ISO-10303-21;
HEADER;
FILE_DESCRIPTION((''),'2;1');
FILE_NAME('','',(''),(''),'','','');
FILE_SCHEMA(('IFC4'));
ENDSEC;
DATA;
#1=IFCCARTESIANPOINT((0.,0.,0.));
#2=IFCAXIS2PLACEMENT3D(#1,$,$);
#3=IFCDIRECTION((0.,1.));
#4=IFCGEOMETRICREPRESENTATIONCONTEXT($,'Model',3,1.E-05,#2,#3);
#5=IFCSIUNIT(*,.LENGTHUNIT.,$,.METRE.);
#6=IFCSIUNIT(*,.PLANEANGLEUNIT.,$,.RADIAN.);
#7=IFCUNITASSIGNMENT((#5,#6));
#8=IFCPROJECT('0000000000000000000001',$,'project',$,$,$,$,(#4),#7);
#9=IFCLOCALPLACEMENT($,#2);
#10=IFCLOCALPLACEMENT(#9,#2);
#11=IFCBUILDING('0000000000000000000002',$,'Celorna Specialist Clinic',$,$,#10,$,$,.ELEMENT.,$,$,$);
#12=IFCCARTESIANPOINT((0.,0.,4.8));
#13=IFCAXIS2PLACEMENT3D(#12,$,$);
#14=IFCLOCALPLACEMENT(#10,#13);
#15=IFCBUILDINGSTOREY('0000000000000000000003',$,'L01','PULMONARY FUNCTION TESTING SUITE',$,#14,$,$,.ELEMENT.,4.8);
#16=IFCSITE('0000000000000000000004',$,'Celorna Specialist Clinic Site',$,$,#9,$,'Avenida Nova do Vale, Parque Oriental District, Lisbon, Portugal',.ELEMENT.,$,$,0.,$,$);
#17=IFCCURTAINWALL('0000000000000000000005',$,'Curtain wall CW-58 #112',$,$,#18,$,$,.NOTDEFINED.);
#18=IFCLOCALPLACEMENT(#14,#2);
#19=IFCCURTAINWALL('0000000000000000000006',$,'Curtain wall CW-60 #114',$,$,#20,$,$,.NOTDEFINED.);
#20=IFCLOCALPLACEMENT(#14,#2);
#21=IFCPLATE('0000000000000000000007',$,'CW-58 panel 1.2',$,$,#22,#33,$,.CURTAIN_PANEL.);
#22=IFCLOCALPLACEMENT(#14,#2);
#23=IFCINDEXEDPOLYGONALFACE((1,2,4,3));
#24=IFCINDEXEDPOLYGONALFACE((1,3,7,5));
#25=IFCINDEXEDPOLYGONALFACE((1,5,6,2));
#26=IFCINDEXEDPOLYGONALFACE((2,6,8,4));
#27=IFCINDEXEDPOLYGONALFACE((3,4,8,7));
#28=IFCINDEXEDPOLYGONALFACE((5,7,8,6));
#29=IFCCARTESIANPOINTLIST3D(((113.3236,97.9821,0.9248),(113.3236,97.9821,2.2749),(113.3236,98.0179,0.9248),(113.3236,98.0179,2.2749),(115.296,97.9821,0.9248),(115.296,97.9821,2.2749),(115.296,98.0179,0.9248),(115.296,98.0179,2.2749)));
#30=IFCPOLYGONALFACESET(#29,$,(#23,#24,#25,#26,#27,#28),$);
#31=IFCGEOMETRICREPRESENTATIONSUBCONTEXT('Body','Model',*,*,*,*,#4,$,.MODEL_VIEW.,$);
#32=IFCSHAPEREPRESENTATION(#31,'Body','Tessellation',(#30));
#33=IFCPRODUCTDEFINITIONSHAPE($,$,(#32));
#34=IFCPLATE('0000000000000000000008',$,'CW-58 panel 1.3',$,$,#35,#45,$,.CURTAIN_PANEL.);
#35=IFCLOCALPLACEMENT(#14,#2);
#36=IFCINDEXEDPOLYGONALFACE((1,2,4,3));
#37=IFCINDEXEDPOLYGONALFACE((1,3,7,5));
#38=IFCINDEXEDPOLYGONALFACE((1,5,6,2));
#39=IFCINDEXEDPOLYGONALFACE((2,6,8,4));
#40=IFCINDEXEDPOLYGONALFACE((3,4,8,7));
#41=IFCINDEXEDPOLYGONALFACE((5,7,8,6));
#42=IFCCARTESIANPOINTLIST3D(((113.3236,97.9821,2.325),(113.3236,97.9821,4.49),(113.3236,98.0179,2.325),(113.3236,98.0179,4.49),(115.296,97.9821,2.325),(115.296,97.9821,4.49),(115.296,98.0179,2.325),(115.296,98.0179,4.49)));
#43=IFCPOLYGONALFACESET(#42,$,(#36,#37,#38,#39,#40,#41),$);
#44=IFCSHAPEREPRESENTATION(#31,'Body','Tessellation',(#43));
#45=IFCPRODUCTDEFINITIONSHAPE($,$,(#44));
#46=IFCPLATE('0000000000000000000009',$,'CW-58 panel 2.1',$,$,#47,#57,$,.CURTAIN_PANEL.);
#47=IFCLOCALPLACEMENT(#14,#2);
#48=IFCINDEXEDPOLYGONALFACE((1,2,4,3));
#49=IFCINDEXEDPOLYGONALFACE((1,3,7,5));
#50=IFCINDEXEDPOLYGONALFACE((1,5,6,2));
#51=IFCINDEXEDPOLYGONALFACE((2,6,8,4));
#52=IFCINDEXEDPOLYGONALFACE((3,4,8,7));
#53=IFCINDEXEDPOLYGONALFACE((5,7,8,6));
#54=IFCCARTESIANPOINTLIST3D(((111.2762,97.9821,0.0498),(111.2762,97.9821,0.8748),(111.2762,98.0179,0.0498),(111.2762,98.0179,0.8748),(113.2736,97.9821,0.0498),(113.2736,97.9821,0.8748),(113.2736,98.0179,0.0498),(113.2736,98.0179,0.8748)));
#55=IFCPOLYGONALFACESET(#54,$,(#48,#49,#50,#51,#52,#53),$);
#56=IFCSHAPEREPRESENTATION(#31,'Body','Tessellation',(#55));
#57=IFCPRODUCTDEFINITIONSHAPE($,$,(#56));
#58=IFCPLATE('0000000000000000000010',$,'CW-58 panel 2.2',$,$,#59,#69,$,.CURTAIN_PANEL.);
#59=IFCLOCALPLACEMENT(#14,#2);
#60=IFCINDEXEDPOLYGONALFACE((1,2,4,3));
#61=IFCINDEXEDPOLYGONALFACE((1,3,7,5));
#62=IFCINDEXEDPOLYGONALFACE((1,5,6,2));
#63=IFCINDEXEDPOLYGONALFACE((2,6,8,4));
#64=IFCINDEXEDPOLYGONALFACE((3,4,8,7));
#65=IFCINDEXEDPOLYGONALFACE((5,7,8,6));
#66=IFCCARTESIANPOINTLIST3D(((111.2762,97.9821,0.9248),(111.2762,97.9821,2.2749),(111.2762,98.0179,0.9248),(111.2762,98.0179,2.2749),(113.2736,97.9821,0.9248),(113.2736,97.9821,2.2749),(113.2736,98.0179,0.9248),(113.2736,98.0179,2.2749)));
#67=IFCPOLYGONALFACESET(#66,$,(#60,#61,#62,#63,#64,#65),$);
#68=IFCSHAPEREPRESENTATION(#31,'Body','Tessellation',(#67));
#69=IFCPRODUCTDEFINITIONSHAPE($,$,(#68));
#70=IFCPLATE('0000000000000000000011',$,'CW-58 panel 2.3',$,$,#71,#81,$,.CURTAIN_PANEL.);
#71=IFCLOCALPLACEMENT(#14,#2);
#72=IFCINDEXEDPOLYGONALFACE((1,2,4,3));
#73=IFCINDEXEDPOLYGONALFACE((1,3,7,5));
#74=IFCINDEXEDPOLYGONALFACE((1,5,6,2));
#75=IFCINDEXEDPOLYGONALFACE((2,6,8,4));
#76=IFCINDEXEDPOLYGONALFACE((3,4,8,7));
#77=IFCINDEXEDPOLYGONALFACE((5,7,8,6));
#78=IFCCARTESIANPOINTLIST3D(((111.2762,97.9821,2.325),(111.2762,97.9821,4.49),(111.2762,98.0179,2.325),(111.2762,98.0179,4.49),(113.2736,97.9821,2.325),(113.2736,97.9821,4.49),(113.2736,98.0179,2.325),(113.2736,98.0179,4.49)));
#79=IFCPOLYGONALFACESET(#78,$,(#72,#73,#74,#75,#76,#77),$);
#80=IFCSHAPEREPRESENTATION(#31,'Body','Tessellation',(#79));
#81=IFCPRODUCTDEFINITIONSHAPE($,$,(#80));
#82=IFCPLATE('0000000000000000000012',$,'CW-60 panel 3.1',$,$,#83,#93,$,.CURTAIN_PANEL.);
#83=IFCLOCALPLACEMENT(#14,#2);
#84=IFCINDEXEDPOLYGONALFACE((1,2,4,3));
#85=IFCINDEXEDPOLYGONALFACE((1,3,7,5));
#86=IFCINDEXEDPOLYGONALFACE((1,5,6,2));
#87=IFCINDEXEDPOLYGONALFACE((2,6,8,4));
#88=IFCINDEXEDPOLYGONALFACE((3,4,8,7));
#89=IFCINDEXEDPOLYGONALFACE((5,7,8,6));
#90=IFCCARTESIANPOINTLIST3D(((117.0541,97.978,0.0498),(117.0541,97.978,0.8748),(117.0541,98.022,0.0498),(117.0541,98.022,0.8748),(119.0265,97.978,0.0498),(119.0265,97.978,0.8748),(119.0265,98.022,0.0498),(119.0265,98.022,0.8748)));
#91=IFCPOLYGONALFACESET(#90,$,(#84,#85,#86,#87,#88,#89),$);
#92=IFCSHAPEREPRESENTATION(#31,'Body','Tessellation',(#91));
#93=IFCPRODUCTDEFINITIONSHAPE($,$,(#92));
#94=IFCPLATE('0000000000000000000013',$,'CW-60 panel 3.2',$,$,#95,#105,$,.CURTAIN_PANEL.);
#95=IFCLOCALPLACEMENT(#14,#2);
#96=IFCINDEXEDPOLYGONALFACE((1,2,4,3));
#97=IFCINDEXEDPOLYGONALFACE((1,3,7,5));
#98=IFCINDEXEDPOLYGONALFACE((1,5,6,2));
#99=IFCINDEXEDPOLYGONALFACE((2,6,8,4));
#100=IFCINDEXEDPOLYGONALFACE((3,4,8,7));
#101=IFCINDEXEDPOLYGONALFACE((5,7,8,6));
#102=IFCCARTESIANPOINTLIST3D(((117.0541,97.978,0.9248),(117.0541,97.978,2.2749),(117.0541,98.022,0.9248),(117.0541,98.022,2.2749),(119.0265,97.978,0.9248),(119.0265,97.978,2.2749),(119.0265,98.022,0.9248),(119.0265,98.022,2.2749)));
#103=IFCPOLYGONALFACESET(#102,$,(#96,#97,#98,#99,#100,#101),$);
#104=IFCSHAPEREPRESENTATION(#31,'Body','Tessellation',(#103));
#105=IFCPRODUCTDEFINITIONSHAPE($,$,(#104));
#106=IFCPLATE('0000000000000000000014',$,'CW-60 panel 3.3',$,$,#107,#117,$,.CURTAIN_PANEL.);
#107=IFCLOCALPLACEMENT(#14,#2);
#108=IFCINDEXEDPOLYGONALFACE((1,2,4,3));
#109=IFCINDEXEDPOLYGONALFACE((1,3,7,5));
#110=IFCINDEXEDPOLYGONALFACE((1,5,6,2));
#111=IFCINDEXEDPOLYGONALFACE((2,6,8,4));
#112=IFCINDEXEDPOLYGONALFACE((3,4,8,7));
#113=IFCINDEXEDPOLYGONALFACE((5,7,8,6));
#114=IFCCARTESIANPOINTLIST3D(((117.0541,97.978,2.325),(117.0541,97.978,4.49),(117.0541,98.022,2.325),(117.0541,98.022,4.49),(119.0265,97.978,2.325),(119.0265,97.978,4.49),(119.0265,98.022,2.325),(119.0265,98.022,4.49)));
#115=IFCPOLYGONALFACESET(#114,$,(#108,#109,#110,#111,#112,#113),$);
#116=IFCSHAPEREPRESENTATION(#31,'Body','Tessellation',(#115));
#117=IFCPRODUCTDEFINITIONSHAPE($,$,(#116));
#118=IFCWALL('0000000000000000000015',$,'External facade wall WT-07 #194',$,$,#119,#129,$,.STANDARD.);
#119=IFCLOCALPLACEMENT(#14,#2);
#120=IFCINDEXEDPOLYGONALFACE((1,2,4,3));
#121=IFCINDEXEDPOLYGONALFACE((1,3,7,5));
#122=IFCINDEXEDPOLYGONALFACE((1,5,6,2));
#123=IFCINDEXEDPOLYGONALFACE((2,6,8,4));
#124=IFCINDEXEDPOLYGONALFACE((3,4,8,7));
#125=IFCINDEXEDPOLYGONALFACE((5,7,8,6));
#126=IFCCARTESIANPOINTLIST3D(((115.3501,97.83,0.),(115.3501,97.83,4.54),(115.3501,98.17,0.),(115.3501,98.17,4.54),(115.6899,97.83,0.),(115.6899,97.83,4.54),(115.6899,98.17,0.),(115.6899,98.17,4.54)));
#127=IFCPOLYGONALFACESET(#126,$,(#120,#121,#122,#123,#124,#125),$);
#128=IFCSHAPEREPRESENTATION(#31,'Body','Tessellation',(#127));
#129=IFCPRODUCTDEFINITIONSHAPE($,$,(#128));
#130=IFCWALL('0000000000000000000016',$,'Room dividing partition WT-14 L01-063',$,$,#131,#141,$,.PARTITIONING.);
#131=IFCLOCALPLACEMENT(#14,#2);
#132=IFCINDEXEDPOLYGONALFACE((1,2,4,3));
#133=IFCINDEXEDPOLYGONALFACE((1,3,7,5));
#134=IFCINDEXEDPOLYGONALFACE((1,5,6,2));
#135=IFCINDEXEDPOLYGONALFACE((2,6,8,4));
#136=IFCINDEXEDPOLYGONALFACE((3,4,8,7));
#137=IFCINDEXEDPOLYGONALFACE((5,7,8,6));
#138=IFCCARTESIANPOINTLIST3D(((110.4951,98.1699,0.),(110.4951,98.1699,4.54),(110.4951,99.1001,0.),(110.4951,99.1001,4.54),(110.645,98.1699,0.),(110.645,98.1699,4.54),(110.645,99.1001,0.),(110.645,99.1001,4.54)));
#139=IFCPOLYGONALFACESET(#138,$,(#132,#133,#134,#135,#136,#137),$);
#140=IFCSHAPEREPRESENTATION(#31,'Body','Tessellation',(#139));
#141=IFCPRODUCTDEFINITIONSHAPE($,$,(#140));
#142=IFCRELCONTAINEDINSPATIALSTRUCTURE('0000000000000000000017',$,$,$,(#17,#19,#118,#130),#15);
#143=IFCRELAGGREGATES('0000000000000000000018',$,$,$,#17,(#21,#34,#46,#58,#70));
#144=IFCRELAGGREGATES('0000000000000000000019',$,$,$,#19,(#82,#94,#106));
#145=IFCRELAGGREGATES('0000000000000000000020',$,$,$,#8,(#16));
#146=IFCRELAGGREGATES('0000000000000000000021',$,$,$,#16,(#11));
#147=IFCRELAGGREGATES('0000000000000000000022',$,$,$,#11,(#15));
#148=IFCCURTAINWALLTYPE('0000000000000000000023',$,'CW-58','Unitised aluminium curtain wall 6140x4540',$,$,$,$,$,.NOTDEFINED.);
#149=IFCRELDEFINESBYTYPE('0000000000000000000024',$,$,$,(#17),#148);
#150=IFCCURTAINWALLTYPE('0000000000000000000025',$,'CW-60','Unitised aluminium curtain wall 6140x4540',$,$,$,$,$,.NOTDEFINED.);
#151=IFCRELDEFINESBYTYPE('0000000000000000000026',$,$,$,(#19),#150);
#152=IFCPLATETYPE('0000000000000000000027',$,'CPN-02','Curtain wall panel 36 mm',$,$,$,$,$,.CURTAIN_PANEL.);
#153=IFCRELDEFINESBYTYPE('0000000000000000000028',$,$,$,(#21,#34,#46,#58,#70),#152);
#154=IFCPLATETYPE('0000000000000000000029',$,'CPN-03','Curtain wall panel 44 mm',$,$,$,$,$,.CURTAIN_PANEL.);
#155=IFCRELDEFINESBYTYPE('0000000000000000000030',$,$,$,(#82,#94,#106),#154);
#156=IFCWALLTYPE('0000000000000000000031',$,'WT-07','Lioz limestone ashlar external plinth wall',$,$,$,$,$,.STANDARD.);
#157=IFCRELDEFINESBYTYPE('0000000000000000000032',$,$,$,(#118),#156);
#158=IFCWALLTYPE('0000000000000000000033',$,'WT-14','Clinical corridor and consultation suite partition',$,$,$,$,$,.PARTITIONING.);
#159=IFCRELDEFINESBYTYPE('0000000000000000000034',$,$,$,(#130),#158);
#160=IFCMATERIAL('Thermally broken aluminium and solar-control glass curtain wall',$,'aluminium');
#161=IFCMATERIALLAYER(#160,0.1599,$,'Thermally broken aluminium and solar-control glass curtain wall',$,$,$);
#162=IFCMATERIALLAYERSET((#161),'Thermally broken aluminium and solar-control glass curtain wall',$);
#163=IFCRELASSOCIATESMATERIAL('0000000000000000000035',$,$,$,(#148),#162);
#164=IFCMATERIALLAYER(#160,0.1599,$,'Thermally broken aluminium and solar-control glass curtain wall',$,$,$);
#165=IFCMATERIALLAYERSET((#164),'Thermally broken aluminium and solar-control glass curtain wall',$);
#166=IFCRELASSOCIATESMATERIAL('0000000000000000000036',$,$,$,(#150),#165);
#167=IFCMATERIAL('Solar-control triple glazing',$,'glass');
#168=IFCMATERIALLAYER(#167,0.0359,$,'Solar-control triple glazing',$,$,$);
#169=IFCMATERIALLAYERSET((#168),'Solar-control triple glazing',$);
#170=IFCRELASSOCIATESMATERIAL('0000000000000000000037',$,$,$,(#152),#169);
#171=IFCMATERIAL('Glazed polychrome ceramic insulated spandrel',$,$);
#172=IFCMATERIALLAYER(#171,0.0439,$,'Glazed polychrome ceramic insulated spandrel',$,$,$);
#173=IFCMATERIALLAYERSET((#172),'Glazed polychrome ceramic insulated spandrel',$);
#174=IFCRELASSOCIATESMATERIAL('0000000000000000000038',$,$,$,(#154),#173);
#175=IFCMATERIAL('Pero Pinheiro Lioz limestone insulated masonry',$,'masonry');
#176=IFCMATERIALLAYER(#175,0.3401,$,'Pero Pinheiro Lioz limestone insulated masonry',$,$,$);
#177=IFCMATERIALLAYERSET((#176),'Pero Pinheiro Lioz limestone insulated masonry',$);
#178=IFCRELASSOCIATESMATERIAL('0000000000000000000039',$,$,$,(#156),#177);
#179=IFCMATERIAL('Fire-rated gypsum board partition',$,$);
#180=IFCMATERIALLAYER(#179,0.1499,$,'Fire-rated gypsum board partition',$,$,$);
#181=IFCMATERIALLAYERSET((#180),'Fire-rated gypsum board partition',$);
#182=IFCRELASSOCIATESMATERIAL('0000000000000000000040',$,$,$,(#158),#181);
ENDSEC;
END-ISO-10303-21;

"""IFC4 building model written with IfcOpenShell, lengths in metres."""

from ifc_helpers import new_model, si_unit, direction, frame, frame_2d, origin, origin_2d, place, context, subcontext, project, spatial, rectangle, extrude, material, layer, layer_set, type_object, element, aggregate, save


model = new_model("IFC4")

# Units and contexts
model_context = context("Model", 3, precision=1e-05, world=origin(), true_north=direction((0.0, 1.0)))
body_context = subcontext(model_context, "Body", "Model", "MODEL_VIEW")
ifc_project = project(units=[si_unit("LENGTHUNIT", "METRE"), si_unit("PLANEANGLEUNIT", "RADIAN")], contexts=[model_context])

# Site, building, storey
site_placement = place(None, origin())
site = spatial("IfcSite", under=ifc_project, at=site_placement, Name="Celorna Specialist Clinic Site", LongName="Avenida Nova do Vale, Parque Oriental District, Lisbon, Portugal", CompositionType="ELEMENT", RefElevation=0.0)
building_placement = place(site_placement, origin())
building = spatial("IfcBuilding", under=site, at=building_placement, Name="Celorna Specialist Clinic", CompositionType="ELEMENT")
storey_placement = place(building_placement, frame((0.0, 0.0, 4.8)))
storey = spatial("IfcBuildingStorey", under=building, at=storey_placement, Name="L01", Description="PULMONARY FUNCTION TESTING SUITE", CompositionType="ELEMENT", Elevation=4.8)

# Curtain walls
ifc_material_1 = material(Name="Thermally broken aluminium and solar-control glass curtain wall", Category="aluminium")
ifc_layer_1 = layer(ifc_material_1, 0.1599, Name="Thermally broken aluminium and solar-control glass curtain wall")
ifc_layer_set_1 = layer_set([ifc_layer_1], Name="Thermally broken aluminium and solar-control glass curtain wall")
curtain_wall_type_1 = type_object("IfcCurtainWallType", Name="CW-58", Description="Unitised aluminium curtain wall 6140x4540", PredefinedType="NOTDEFINED", material=ifc_layer_set_1)
curtain_wall_1_placement = place(storey_placement, origin())
curtain_wall_1 = element("IfcCurtainWall", 1, at=curtain_wall_1_placement, inside=storey, type_object=curtain_wall_type_1, Name="Curtain wall CW-58 #112", PredefinedType="NOTDEFINED")
ifc_layer_2 = layer(ifc_material_1, 0.1599, Name="Thermally broken aluminium and solar-control glass curtain wall")
ifc_layer_set_2 = layer_set([ifc_layer_2], Name="Thermally broken aluminium and solar-control glass curtain wall")
curtain_wall_type_2 = type_object("IfcCurtainWallType", Name="CW-60", Description="Unitised aluminium curtain wall 6140x4540", PredefinedType="NOTDEFINED", material=ifc_layer_set_2)
curtain_wall_2_placement = place(storey_placement, origin())
curtain_wall_2 = element("IfcCurtainWall", 2, at=curtain_wall_2_placement, inside=storey, type_object=curtain_wall_type_2, Name="Curtain wall CW-60 #114", PredefinedType="NOTDEFINED")

# Plates
ifc_material_2 = material(Name="Solar-control triple glazing", Category="glass")
ifc_layer_3 = layer(ifc_material_2, 0.0359, Name="Solar-control triple glazing")
ifc_layer_set_3 = layer_set([ifc_layer_3], Name="Solar-control triple glazing")
plate_type_1 = type_object("IfcPlateType", Name="CPN-02", Description="Curtain wall panel 36 mm", PredefinedType="CURTAIN_PANEL", material=ifc_layer_set_3)
plate_1_placement = place(storey_placement, frame((114.3098, 98.0, 0.9248), z_axis=(0.0, 0.0, 1.0), x_axis=(-1.0, 0.0, 0.0)))
plate_1 = element("IfcPlate", 3, at=plate_1_placement, type_object=plate_type_1, Name="CW-58 panel 1.2", PredefinedType="CURTAIN_PANEL", context=body_context, shape_type="SweptSolid", body=[
    extrude(rectangle(XDim=1.9724, YDim=0.0359, at=origin_2d()), origin(), (0.0, 0.0, 1.0), 1.3501),
])
plate_2_placement = place(storey_placement, frame((114.3098, 98.0, 2.325), z_axis=(0.0, 0.0, 1.0), x_axis=(-1.0, 0.0, 0.0)))
plate_2 = element("IfcPlate", 4, at=plate_2_placement, type_object=plate_type_1, Name="CW-58 panel 1.3", PredefinedType="CURTAIN_PANEL", context=body_context, shape_type="SweptSolid", body=[
    extrude(rectangle(XDim=1.9724, YDim=0.0359, at=origin_2d()), origin(), (0.0, 0.0, 1.0), 2.165),
])
plate_3_placement = place(storey_placement, frame((112.2749, 98.0, 0.0498), z_axis=(0.0, 0.0, 1.0), x_axis=(-1.0, 0.0, 0.0)))
plate_3 = element("IfcPlate", 5, at=plate_3_placement, type_object=plate_type_1, Name="CW-58 panel 2.1", PredefinedType="CURTAIN_PANEL", context=body_context, shape_type="SweptSolid", body=[
    extrude(rectangle(XDim=1.9973, YDim=0.0359, at=origin_2d()), origin(), (0.0, 0.0, 1.0), 0.825),
])
plate_4_placement = place(storey_placement, frame((112.2749, 98.0, 0.9248), z_axis=(0.0, 0.0, 1.0), x_axis=(-1.0, 0.0, 0.0)))
plate_4 = element("IfcPlate", 6, at=plate_4_placement, type_object=plate_type_1, Name="CW-58 panel 2.2", PredefinedType="CURTAIN_PANEL", context=body_context, shape_type="SweptSolid", body=[
    extrude(rectangle(XDim=1.9973, YDim=0.0359, at=origin_2d()), origin(), (0.0, 0.0, 1.0), 1.3501),
])
plate_5_placement = place(storey_placement, frame((112.2749, 98.0, 2.325), z_axis=(0.0, 0.0, 1.0), x_axis=(-1.0, 0.0, 0.0)))
plate_5 = element("IfcPlate", 7, at=plate_5_placement, type_object=plate_type_1, Name="CW-58 panel 2.3", PredefinedType="CURTAIN_PANEL", context=body_context, shape_type="SweptSolid", body=[
    extrude(rectangle(XDim=1.9973, YDim=0.0359, at=origin_2d()), origin(), (0.0, 0.0, 1.0), 2.165),
])
aggregate(curtain_wall_1, [plate_1, plate_2, plate_3, plate_4, plate_5])
ifc_material_3 = material(Name="Glazed polychrome ceramic insulated spandrel")
ifc_layer_4 = layer(ifc_material_3, 0.0439, Name="Glazed polychrome ceramic insulated spandrel")
ifc_layer_set_4 = layer_set([ifc_layer_4], Name="Glazed polychrome ceramic insulated spandrel")
plate_type_2 = type_object("IfcPlateType", Name="CPN-03", Description="Curtain wall panel 44 mm", PredefinedType="CURTAIN_PANEL", material=ifc_layer_set_4)
plate_6_placement = place(storey_placement, frame((118.0403, 98.0, 0.0498), z_axis=(0.0, 0.0, 1.0), x_axis=(-1.0, 0.0, 0.0)))
plate_6 = element("IfcPlate", 8, at=plate_6_placement, type_object=plate_type_2, Name="CW-60 panel 3.1", PredefinedType="CURTAIN_PANEL", context=body_context, shape_type="SweptSolid", body=[
    extrude(rectangle(XDim=1.9724, YDim=0.0439, at=origin_2d()), origin(), (0.0, 0.0, 1.0), 0.825),
])
plate_7_placement = place(storey_placement, frame((118.0403, 98.0, 0.9248), z_axis=(0.0, 0.0, 1.0), x_axis=(-1.0, 0.0, 0.0)))
plate_7 = element("IfcPlate", 9, at=plate_7_placement, type_object=plate_type_2, Name="CW-60 panel 3.2", PredefinedType="CURTAIN_PANEL", context=body_context, shape_type="SweptSolid", body=[
    extrude(rectangle(XDim=1.9724, YDim=0.0439, at=origin_2d()), origin(), (0.0, 0.0, 1.0), 1.3501),
])
plate_8_placement = place(storey_placement, frame((118.0403, 98.0, 2.325), z_axis=(0.0, 0.0, 1.0), x_axis=(-1.0, 0.0, 0.0)))
plate_8 = element("IfcPlate", 10, at=plate_8_placement, type_object=plate_type_2, Name="CW-60 panel 3.3", PredefinedType="CURTAIN_PANEL", context=body_context, shape_type="SweptSolid", body=[
    extrude(rectangle(XDim=1.9724, YDim=0.0439, at=origin_2d()), origin(), (0.0, 0.0, 1.0), 2.165),
])
aggregate(curtain_wall_2, [plate_6, plate_7, plate_8])

# Walls
ifc_material_4 = material(Name="Pero Pinheiro Lioz limestone insulated masonry", Category="masonry")
ifc_layer_5 = layer(ifc_material_4, 0.3401, Name="Pero Pinheiro Lioz limestone insulated masonry")
ifc_layer_set_5 = layer_set([ifc_layer_5], Name="Pero Pinheiro Lioz limestone insulated masonry")
wall_type_1 = type_object("IfcWallType", Name="WT-07", Description="Lioz limestone ashlar external plinth wall", PredefinedType="STANDARD", material=ifc_layer_set_5)
wall_1_placement = place(storey_placement, frame((115.6899, 98.0, 0.0), z_axis=(0.0, 0.0, 1.0), x_axis=(-1.0, 0.0, 0.0)))
element("IfcWall", 11, at=wall_1_placement, inside=storey, type_object=wall_type_1, Name="External facade wall WT-07 #194", PredefinedType="STANDARD", context=body_context, shape_type="SweptSolid", body=[
    extrude(rectangle(XDim=0.3398, YDim=0.3401, at=frame_2d((0.1699, 0.0))), origin(), (0.0, 0.0, 1.0), 4.54),
])
ifc_material_5 = material(Name="Fire-rated gypsum board partition")
ifc_layer_6 = layer(ifc_material_5, 0.1499, Name="Fire-rated gypsum board partition")
ifc_layer_set_6 = layer_set([ifc_layer_6], Name="Fire-rated gypsum board partition")
wall_type_2 = type_object("IfcWallType", Name="WT-14", Description="Clinical corridor and consultation suite partition", PredefinedType="PARTITIONING", material=ifc_layer_set_6)
wall_2_placement = place(storey_placement, frame((110.5701, 98.1699, 0.0), z_axis=(0.0, 0.0, 1.0), x_axis=(0.0, 1.0, 0.0)))
element("IfcWall", 12, at=wall_2_placement, inside=storey, type_object=wall_type_2, Name="Room dividing partition WT-14 L01-063", PredefinedType="PARTITIONING", context=body_context, shape_type="SweptSolid", body=[
    extrude(rectangle(XDim=0.9302, YDim=0.1499, at=frame_2d((0.4651, 0.0))), origin(), (0.0, 0.0, 1.0), 4.54),
])

save(model, "model.ifc")
